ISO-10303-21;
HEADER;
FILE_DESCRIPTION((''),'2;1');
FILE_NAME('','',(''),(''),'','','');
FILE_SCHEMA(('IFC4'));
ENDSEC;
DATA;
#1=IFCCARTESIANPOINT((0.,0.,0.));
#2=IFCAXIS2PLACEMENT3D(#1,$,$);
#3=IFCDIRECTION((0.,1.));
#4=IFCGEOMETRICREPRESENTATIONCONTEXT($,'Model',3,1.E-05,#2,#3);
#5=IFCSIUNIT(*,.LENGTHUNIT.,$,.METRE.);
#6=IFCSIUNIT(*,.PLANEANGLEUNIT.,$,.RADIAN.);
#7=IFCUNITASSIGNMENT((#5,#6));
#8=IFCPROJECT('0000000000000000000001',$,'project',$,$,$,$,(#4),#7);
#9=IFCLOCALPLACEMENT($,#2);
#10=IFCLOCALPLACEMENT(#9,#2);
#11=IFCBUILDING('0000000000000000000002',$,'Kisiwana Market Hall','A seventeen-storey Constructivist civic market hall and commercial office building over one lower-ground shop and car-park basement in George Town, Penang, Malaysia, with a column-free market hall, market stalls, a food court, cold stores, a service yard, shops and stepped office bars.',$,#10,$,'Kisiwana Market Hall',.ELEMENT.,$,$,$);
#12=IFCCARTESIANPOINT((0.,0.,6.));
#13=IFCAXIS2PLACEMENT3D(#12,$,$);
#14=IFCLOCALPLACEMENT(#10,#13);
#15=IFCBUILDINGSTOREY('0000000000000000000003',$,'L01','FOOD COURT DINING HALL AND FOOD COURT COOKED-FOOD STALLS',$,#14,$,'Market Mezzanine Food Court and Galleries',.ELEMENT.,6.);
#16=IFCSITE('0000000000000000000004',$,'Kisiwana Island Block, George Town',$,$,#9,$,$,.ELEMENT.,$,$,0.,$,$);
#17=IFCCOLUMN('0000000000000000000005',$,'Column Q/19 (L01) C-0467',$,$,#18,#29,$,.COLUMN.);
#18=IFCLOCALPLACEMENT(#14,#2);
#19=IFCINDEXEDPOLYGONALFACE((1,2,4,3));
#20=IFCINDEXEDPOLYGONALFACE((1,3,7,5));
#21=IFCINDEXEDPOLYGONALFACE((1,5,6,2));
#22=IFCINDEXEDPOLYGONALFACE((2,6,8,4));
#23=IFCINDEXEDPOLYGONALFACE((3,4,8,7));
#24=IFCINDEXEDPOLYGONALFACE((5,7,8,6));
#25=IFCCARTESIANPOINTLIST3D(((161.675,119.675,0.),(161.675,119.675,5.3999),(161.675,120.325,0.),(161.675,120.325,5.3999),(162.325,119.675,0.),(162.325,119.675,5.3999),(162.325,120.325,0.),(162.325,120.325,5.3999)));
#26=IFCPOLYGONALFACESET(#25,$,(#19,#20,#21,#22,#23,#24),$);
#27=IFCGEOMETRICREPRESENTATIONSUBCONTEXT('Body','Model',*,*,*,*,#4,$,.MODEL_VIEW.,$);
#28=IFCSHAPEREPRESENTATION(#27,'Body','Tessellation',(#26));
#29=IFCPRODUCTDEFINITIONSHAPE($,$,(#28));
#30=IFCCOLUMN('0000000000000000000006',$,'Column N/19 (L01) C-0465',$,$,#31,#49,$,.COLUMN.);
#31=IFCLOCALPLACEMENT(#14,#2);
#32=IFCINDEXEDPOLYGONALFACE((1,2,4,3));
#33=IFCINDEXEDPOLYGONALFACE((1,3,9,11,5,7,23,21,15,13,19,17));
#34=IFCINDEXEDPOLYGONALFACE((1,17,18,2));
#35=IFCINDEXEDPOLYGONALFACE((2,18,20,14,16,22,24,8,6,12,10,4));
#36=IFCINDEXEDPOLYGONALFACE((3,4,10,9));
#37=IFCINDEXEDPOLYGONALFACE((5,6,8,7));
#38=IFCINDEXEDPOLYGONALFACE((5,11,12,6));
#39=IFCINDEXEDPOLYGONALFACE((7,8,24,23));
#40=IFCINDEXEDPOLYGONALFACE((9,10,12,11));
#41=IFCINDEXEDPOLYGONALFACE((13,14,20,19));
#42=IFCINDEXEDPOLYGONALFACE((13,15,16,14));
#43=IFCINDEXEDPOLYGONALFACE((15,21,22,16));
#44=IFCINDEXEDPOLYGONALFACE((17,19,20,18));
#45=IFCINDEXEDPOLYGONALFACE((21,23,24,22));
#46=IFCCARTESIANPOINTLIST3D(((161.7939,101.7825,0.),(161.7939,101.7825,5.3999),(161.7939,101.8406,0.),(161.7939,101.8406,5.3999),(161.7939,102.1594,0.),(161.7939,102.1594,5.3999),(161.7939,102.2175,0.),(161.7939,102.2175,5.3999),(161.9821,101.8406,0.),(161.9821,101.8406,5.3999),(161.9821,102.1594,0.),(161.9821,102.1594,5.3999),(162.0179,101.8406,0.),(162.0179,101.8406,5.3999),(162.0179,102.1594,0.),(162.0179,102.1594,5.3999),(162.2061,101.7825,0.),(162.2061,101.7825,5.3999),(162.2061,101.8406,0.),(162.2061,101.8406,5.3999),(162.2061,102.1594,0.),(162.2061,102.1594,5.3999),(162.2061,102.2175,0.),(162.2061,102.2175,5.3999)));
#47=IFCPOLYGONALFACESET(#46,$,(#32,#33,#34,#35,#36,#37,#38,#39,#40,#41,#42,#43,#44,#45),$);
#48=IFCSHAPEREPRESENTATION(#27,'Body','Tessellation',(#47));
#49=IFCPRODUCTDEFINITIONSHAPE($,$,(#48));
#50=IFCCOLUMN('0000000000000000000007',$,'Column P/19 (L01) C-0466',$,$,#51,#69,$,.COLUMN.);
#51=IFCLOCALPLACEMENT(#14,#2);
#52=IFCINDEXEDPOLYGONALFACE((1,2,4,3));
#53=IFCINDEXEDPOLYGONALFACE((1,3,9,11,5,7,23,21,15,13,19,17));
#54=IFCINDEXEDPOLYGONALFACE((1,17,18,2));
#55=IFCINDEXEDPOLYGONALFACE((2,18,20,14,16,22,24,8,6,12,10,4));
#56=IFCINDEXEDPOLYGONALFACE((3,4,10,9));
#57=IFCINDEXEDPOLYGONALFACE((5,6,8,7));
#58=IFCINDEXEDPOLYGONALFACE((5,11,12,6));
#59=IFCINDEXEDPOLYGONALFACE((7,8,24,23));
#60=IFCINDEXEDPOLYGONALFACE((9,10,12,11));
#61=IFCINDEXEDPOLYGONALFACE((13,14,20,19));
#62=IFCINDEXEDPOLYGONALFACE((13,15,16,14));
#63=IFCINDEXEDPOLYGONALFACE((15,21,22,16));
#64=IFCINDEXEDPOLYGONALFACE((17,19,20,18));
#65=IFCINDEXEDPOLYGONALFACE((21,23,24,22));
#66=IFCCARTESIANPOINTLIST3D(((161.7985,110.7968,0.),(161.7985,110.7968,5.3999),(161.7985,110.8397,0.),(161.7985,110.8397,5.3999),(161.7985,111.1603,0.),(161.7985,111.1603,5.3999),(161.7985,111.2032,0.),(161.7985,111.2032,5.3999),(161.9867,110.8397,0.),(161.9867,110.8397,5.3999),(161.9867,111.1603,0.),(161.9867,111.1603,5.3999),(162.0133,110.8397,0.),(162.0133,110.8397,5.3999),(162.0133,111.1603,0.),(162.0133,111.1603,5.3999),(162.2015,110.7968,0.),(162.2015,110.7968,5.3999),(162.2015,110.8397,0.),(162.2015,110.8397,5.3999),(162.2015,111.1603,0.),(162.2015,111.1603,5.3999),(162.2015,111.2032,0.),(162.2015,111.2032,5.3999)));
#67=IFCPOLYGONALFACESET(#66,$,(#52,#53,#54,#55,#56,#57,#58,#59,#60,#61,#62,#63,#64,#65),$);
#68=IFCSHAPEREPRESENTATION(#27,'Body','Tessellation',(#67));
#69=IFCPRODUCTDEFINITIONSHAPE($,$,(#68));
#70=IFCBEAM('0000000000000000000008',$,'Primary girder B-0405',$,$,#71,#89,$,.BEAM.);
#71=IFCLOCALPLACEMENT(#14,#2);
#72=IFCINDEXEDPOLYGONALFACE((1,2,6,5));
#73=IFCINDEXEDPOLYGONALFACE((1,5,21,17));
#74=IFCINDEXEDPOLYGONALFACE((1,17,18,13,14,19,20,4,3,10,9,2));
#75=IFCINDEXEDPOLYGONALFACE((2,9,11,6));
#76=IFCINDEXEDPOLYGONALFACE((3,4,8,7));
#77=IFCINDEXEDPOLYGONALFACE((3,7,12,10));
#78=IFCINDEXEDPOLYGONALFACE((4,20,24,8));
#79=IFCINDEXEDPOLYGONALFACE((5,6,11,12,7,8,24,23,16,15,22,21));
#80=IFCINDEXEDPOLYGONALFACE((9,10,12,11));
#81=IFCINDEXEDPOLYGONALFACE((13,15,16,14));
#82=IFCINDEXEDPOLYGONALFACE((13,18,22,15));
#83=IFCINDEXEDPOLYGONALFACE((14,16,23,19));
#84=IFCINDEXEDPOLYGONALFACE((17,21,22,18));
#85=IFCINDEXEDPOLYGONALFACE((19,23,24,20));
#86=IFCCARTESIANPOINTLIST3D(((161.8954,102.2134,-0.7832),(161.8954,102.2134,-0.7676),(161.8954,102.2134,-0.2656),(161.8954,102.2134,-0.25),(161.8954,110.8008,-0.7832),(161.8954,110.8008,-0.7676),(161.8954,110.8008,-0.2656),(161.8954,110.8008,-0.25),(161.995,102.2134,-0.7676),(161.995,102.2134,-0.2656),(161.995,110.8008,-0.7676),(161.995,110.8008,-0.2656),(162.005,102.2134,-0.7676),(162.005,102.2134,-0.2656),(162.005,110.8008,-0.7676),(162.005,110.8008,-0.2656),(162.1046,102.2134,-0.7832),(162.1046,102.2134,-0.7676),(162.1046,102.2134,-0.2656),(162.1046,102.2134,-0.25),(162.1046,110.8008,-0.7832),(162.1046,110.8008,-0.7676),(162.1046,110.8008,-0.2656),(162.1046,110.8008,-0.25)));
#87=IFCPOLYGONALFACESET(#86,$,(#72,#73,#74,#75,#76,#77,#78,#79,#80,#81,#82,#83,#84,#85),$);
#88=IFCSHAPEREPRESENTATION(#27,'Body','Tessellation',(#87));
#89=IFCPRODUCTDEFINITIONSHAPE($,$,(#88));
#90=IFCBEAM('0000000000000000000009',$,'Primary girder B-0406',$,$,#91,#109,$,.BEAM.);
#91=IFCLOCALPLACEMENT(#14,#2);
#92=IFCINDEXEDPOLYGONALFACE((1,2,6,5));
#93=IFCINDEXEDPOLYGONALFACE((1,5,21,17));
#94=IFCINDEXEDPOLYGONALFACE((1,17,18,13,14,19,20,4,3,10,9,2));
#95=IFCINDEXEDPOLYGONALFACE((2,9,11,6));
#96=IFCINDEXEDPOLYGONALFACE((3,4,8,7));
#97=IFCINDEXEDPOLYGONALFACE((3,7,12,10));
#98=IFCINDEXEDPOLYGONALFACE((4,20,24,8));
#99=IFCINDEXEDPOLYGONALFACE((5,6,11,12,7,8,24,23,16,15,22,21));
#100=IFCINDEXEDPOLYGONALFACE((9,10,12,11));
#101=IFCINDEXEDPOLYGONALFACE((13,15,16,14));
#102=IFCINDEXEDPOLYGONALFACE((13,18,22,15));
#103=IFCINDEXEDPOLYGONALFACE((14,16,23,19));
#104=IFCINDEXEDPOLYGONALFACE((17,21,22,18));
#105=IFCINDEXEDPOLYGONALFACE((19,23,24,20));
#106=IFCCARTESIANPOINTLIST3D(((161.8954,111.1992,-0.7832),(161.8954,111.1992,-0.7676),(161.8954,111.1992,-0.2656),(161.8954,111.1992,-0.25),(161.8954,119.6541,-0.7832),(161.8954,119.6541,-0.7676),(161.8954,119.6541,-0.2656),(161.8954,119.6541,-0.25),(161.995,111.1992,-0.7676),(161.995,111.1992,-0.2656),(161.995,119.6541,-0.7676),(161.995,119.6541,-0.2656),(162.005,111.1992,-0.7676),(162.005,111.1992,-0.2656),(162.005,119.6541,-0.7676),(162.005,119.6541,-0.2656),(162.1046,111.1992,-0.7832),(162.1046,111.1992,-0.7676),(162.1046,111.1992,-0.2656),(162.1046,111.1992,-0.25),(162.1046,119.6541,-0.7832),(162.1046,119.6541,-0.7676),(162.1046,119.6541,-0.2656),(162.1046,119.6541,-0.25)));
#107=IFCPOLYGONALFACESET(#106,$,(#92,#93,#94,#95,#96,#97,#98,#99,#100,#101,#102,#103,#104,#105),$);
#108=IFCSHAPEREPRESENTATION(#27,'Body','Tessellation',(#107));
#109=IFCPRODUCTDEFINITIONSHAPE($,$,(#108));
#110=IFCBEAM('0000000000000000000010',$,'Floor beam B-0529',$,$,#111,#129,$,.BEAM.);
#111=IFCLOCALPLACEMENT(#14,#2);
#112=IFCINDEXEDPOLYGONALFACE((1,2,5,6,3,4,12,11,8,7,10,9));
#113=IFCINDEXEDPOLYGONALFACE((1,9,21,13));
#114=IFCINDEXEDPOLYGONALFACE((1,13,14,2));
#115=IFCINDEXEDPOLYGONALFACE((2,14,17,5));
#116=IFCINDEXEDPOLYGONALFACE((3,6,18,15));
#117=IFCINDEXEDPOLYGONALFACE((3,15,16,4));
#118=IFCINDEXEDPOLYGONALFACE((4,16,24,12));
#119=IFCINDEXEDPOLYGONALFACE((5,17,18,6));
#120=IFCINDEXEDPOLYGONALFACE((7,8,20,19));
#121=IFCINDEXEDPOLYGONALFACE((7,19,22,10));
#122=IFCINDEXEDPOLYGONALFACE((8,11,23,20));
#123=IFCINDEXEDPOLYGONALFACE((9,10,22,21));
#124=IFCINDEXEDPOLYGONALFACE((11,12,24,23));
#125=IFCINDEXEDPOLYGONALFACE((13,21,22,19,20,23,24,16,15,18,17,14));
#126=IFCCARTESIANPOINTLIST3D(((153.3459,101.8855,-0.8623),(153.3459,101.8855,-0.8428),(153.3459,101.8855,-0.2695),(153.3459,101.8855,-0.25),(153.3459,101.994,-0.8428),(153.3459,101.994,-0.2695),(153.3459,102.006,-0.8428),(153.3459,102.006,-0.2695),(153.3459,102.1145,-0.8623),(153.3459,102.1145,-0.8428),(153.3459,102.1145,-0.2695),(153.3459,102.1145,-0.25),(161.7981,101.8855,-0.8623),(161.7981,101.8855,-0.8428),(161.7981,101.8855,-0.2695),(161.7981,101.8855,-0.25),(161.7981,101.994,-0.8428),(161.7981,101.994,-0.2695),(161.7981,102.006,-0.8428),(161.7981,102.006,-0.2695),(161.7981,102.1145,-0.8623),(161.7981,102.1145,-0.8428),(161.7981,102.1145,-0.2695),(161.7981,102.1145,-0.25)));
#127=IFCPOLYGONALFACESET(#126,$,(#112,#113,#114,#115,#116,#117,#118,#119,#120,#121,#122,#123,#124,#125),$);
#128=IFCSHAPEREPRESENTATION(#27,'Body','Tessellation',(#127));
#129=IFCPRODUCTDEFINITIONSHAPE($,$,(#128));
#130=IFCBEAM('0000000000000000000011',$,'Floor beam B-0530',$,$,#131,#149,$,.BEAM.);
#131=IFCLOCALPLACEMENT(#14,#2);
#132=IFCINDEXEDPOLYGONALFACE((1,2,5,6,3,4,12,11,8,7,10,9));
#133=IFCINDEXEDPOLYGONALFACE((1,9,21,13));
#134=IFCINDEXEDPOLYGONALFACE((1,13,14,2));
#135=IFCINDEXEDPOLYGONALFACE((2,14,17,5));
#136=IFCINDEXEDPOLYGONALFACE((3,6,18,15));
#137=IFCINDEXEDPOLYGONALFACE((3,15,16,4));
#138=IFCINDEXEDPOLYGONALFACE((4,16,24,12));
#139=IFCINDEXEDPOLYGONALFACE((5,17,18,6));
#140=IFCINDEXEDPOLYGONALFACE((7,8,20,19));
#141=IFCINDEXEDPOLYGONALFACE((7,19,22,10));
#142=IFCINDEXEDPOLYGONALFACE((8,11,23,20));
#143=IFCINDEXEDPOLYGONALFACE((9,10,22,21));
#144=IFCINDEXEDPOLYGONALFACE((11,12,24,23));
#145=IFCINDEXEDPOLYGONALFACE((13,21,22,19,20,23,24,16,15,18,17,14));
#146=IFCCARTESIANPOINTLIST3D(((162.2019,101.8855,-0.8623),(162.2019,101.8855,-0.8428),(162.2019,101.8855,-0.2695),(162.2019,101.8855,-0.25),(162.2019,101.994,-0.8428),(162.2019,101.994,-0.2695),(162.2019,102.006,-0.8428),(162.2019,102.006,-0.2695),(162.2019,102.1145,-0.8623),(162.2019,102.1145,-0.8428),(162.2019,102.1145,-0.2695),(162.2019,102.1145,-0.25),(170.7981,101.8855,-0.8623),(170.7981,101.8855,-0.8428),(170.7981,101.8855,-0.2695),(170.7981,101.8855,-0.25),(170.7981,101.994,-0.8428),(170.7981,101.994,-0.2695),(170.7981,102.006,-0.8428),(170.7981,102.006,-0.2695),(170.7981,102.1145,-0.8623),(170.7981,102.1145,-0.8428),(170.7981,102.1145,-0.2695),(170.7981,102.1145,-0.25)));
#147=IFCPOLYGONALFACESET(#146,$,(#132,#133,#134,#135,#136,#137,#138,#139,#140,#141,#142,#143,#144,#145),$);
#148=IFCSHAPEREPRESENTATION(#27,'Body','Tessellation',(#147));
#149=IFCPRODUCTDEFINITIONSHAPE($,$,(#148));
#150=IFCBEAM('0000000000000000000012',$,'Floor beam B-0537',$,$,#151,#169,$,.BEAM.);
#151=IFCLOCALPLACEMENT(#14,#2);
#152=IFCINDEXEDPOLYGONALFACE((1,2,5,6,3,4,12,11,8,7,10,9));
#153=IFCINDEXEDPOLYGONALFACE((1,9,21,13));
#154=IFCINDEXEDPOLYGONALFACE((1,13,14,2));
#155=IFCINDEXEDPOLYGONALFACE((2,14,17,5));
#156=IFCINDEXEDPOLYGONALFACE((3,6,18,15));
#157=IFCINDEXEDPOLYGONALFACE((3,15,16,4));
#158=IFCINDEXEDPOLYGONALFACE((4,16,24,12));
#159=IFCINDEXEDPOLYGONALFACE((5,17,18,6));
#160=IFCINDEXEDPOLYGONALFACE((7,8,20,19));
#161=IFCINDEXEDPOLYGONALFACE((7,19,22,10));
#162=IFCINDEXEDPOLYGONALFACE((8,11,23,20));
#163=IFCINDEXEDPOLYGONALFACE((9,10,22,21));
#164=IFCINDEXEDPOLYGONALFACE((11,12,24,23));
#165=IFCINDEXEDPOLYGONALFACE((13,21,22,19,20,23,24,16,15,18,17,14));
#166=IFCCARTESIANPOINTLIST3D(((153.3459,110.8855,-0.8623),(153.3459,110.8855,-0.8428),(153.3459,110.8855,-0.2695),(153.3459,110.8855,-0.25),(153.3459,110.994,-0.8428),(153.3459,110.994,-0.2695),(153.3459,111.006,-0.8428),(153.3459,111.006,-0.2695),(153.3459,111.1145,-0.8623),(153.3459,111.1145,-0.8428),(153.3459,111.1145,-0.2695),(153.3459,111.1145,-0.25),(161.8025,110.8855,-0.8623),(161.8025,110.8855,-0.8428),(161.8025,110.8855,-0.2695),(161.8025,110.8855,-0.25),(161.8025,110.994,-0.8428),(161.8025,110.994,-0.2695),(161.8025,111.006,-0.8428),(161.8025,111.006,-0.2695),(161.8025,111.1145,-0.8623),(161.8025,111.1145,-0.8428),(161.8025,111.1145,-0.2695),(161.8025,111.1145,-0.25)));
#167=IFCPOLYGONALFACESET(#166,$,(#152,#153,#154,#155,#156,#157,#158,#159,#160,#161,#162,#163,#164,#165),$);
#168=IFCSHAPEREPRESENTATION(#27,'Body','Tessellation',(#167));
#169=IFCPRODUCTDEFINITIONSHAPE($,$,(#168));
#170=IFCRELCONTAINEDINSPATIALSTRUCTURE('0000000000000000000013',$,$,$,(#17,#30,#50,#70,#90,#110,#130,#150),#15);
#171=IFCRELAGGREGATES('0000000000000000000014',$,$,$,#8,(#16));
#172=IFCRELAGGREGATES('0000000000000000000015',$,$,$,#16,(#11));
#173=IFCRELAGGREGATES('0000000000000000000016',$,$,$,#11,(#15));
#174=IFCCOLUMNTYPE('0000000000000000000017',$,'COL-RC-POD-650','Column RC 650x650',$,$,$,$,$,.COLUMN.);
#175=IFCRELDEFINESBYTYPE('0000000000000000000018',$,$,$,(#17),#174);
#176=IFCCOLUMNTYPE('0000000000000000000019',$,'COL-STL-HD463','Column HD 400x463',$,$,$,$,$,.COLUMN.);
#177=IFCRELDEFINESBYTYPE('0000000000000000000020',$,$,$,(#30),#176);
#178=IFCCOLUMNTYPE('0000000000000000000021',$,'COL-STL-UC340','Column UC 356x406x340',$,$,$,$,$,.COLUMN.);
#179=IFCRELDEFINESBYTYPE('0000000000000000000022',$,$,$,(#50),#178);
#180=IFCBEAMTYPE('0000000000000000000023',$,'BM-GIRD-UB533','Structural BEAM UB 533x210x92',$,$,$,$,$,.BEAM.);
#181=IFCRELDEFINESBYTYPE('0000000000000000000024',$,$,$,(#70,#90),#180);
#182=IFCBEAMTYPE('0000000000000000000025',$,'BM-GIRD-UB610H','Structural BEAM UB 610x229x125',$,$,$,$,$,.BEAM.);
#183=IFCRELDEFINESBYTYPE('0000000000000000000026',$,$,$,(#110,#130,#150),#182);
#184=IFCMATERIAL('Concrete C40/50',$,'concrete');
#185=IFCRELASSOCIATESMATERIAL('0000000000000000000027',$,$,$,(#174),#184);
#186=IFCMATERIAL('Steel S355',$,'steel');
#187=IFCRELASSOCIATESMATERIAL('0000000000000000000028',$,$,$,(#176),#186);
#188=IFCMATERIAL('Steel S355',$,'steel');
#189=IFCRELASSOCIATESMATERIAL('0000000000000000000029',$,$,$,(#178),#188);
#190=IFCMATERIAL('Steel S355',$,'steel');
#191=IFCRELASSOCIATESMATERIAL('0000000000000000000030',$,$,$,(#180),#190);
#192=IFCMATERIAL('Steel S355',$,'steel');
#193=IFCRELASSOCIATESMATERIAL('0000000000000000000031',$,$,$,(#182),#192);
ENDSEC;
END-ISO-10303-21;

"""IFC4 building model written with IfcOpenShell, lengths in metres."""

from ifc_helpers import new_model, si_unit, direction, frame, origin, origin_2d, place, context, subcontext, project, spatial, rectangle, i_section, extrude, material, material_profile, profile_set, type_object, element, save


model = new_model("IFC4")

# Units and contexts
model_context = context("Model", 3, precision=1e-05, world=origin(), true_north=direction((0.0, 1.0)))
body_context = subcontext(model_context, "Body", "Model", "MODEL_VIEW")
ifc_project = project(units=[si_unit("LENGTHUNIT", "METRE"), si_unit("PLANEANGLEUNIT", "RADIAN")], contexts=[model_context])

# Site, building, storey
site_placement = place(None, origin())
site = spatial("IfcSite", under=ifc_project, at=site_placement, Name="Kisiwana Island Block, George Town", CompositionType="ELEMENT", RefElevation=0.0)
building_placement = place(site_placement, origin())
building = spatial("IfcBuilding", under=site, at=building_placement, Name="Kisiwana Market Hall", Description="A seventeen-storey Constructivist civic market hall and commercial office building over one lower-ground shop and car-park basement in George Town, Penang, Malaysia, with a column-free market hall, market stalls, a food court, cold stores, a service yard, shops and stepped office bars.", LongName="Kisiwana Market Hall", CompositionType="ELEMENT")
storey_placement = place(building_placement, frame((0.0, 0.0, 6.0)))
storey = spatial("IfcBuildingStorey", under=building, at=storey_placement, Name="L01", Description="FOOD COURT DINING HALL AND FOOD COURT COOKED-FOOD STALLS", LongName="Market Mezzanine Food Court and Galleries", CompositionType="ELEMENT", Elevation=6.0)

# Columns
ifc_material_1 = material(Name="Concrete C40/50", Category="concrete")
ifc_material_profile_1 = material_profile(ifc_material_1, rectangle(XDim=0.6499, YDim=0.6499, at=origin_2d()), Name="RC 650x650")
ifc_profile_set_1 = profile_set([ifc_material_profile_1], Name="Concrete C40/50")
column_type_1 = type_object("IfcColumnType", Name="COL-RC-POD-650", Description="Column RC 650x650", PredefinedType="COLUMN", material=ifc_profile_set_1)
column_1_placement = place(storey_placement, frame((162.0, 120.0, 0.0), z_axis=(0.0, 0.0, 1.0), x_axis=(1.0, 0.0, 0.0)))
element("IfcColumn", 1, at=column_1_placement, inside=storey, type_object=column_type_1, Name="Column Q/19 (L01) C-0467", PredefinedType="COLUMN", context=body_context, shape_type="SweptSolid", body=[
    extrude(rectangle(XDim=0.6499, YDim=0.6499, at=origin_2d()), origin(), (0.0, 0.0, 1.0), 5.3999),
])
ifc_material_2 = material(Name="Steel S355", Category="steel")
ifc_material_profile_2 = material_profile(ifc_material_2, i_section(OverallWidth=0.4121, OverallDepth=0.4351, WebThickness=0.0359, FlangeThickness=0.0581, at=origin_2d()), Name="HD 400x463")
ifc_profile_set_2 = profile_set([ifc_material_profile_2], Name="Steel S355")
column_type_2 = type_object("IfcColumnType", Name="COL-STL-HD463", Description="Column HD 400x463", PredefinedType="COLUMN", material=ifc_profile_set_2)
column_2_placement = place(storey_placement, frame((162.0, 102.0, 0.0), z_axis=(0.0, 0.0, 1.0), x_axis=(1.0, 0.0, 0.0)))
element("IfcColumn", 2, at=column_2_placement, inside=storey, type_object=column_type_2, Name="Column N/19 (L01) C-0465", PredefinedType="COLUMN", context=body_context, shape_type="SweptSolid", body=[
    extrude(i_section(OverallWidth=0.4121, OverallDepth=0.4351, WebThickness=0.0359, FlangeThickness=0.0581, at=origin_2d()), origin(), (0.0, 0.0, 1.0), 5.3999),
])
ifc_material_3 = material(Name="Steel S355", Category="steel")
ifc_material_profile_3 = material_profile(ifc_material_3, i_section(OverallWidth=0.4031, OverallDepth=0.4065, WebThickness=0.0266, FlangeThickness=0.043, at=origin_2d()), Name="UC 356x406x340")
ifc_profile_set_3 = profile_set([ifc_material_profile_3], Name="Steel S355")
column_type_3 = type_object("IfcColumnType", Name="COL-STL-UC340", Description="Column UC 356x406x340", PredefinedType="COLUMN", material=ifc_profile_set_3)
column_3_placement = place(storey_placement, frame((162.0, 111.0, 0.0), z_axis=(0.0, 0.0, 1.0), x_axis=(1.0, 0.0, 0.0)))
element("IfcColumn", 3, at=column_3_placement, inside=storey, type_object=column_type_3, Name="Column P/19 (L01) C-0466", PredefinedType="COLUMN", context=body_context, shape_type="SweptSolid", body=[
    extrude(i_section(OverallWidth=0.4031, OverallDepth=0.4065, WebThickness=0.0266, FlangeThickness=0.043, at=origin_2d()), origin(), (0.0, 0.0, 1.0), 5.3999),
])

# Beams
ifc_material_4 = material(Name="Steel S355", Category="steel")
ifc_material_profile_4 = material_profile(ifc_material_4, i_section(OverallWidth=0.2092, OverallDepth=0.5332, WebThickness=0.01, FlangeThickness=0.0156, at=origin_2d()), Name="UB 533x210x92")
ifc_profile_set_4 = profile_set([ifc_material_profile_4], Name="Steel S355")
beam_type_1 = type_object("IfcBeamType", Name="BM-GIRD-UB533", Description="Structural BEAM UB 533x210x92", PredefinedType="BEAM", material=ifc_profile_set_4)
beam_1_placement = place(storey_placement, frame((162.0, 102.2134, -0.5166), z_axis=(0.0, 1.0, 0.0), x_axis=(-1.0, 0.0, 0.0)))
element("IfcBeam", 4, at=beam_1_placement, inside=storey, type_object=beam_type_1, Name="Primary girder B-0405", PredefinedType="BEAM", context=body_context, shape_type="SweptSolid", body=[
    extrude(i_section(OverallWidth=0.2092, OverallDepth=0.5332, WebThickness=0.01, FlangeThickness=0.0156, at=origin_2d()), origin(), (0.0, 0.0, 1.0), 8.5874),
])
beam_2_placement = place(storey_placement, frame((162.0, 111.1992, -0.5166), z_axis=(0.0, 1.0, 0.0), x_axis=(-1.0, 0.0, 0.0)))
element("IfcBeam", 5, at=beam_2_placement, inside=storey, type_object=beam_type_1, Name="Primary girder B-0406", PredefinedType="BEAM", context=body_context, shape_type="SweptSolid", body=[
    extrude(i_section(OverallWidth=0.2092, OverallDepth=0.5332, WebThickness=0.01, FlangeThickness=0.0156, at=origin_2d()), origin(), (0.0, 0.0, 1.0), 8.4548),
])
ifc_material_5 = material(Name="Steel S355", Category="steel")
ifc_material_profile_5 = material_profile(ifc_material_5, i_section(OverallWidth=0.229, OverallDepth=0.6123, WebThickness=0.012, FlangeThickness=0.0195, at=origin_2d()), Name="UB 610x229x125")
ifc_profile_set_5 = profile_set([ifc_material_profile_5], Name="Steel S355")
beam_type_2 = type_object("IfcBeamType", Name="BM-GIRD-UB610H", Description="Structural BEAM UB 610x229x125", PredefinedType="BEAM", material=ifc_profile_set_5)
beam_3_placement = place(storey_placement, frame((153.3459, 102.0, -0.5562), z_axis=(1.0, 0.0, 0.0), x_axis=(0.0, 1.0, 0.0)))
element("IfcBeam", 6, at=beam_3_placement, inside=storey, type_object=beam_type_2, Name="Floor beam B-0529", PredefinedType="BEAM", context=body_context, shape_type="SweptSolid", body=[
    extrude(i_section(OverallWidth=0.229, OverallDepth=0.6123, WebThickness=0.012, FlangeThickness=0.0195, at=origin_2d()), origin(), (0.0, 0.0, 1.0), 8.4521),
])
beam_4_placement = place(storey_placement, frame((162.2019, 102.0, -0.5562), z_axis=(1.0, 0.0, 0.0), x_axis=(0.0, 1.0, 0.0)))
element("IfcBeam", 7, at=beam_4_placement, inside=storey, type_object=beam_type_2, Name="Floor beam B-0530", PredefinedType="BEAM", context=body_context, shape_type="SweptSolid", body=[
    extrude(i_section(OverallWidth=0.229, OverallDepth=0.6123, WebThickness=0.012, FlangeThickness=0.0195, at=origin_2d()), origin(), (0.0, 0.0, 1.0), 8.5962),
])
beam_5_placement = place(storey_placement, frame((153.3459, 111.0, -0.5562), z_axis=(1.0, 0.0, 0.0), x_axis=(0.0, 1.0, 0.0)))
element("IfcBeam", 8, at=beam_5_placement, inside=storey, type_object=beam_type_2, Name="Floor beam B-0537", PredefinedType="BEAM", context=body_context, shape_type="SweptSolid", body=[
    extrude(i_section(OverallWidth=0.229, OverallDepth=0.6123, WebThickness=0.012, FlangeThickness=0.0195, at=origin_2d()), origin(), (0.0, 0.0, 1.0), 8.4565),
])

save(model, "model.ifc")
